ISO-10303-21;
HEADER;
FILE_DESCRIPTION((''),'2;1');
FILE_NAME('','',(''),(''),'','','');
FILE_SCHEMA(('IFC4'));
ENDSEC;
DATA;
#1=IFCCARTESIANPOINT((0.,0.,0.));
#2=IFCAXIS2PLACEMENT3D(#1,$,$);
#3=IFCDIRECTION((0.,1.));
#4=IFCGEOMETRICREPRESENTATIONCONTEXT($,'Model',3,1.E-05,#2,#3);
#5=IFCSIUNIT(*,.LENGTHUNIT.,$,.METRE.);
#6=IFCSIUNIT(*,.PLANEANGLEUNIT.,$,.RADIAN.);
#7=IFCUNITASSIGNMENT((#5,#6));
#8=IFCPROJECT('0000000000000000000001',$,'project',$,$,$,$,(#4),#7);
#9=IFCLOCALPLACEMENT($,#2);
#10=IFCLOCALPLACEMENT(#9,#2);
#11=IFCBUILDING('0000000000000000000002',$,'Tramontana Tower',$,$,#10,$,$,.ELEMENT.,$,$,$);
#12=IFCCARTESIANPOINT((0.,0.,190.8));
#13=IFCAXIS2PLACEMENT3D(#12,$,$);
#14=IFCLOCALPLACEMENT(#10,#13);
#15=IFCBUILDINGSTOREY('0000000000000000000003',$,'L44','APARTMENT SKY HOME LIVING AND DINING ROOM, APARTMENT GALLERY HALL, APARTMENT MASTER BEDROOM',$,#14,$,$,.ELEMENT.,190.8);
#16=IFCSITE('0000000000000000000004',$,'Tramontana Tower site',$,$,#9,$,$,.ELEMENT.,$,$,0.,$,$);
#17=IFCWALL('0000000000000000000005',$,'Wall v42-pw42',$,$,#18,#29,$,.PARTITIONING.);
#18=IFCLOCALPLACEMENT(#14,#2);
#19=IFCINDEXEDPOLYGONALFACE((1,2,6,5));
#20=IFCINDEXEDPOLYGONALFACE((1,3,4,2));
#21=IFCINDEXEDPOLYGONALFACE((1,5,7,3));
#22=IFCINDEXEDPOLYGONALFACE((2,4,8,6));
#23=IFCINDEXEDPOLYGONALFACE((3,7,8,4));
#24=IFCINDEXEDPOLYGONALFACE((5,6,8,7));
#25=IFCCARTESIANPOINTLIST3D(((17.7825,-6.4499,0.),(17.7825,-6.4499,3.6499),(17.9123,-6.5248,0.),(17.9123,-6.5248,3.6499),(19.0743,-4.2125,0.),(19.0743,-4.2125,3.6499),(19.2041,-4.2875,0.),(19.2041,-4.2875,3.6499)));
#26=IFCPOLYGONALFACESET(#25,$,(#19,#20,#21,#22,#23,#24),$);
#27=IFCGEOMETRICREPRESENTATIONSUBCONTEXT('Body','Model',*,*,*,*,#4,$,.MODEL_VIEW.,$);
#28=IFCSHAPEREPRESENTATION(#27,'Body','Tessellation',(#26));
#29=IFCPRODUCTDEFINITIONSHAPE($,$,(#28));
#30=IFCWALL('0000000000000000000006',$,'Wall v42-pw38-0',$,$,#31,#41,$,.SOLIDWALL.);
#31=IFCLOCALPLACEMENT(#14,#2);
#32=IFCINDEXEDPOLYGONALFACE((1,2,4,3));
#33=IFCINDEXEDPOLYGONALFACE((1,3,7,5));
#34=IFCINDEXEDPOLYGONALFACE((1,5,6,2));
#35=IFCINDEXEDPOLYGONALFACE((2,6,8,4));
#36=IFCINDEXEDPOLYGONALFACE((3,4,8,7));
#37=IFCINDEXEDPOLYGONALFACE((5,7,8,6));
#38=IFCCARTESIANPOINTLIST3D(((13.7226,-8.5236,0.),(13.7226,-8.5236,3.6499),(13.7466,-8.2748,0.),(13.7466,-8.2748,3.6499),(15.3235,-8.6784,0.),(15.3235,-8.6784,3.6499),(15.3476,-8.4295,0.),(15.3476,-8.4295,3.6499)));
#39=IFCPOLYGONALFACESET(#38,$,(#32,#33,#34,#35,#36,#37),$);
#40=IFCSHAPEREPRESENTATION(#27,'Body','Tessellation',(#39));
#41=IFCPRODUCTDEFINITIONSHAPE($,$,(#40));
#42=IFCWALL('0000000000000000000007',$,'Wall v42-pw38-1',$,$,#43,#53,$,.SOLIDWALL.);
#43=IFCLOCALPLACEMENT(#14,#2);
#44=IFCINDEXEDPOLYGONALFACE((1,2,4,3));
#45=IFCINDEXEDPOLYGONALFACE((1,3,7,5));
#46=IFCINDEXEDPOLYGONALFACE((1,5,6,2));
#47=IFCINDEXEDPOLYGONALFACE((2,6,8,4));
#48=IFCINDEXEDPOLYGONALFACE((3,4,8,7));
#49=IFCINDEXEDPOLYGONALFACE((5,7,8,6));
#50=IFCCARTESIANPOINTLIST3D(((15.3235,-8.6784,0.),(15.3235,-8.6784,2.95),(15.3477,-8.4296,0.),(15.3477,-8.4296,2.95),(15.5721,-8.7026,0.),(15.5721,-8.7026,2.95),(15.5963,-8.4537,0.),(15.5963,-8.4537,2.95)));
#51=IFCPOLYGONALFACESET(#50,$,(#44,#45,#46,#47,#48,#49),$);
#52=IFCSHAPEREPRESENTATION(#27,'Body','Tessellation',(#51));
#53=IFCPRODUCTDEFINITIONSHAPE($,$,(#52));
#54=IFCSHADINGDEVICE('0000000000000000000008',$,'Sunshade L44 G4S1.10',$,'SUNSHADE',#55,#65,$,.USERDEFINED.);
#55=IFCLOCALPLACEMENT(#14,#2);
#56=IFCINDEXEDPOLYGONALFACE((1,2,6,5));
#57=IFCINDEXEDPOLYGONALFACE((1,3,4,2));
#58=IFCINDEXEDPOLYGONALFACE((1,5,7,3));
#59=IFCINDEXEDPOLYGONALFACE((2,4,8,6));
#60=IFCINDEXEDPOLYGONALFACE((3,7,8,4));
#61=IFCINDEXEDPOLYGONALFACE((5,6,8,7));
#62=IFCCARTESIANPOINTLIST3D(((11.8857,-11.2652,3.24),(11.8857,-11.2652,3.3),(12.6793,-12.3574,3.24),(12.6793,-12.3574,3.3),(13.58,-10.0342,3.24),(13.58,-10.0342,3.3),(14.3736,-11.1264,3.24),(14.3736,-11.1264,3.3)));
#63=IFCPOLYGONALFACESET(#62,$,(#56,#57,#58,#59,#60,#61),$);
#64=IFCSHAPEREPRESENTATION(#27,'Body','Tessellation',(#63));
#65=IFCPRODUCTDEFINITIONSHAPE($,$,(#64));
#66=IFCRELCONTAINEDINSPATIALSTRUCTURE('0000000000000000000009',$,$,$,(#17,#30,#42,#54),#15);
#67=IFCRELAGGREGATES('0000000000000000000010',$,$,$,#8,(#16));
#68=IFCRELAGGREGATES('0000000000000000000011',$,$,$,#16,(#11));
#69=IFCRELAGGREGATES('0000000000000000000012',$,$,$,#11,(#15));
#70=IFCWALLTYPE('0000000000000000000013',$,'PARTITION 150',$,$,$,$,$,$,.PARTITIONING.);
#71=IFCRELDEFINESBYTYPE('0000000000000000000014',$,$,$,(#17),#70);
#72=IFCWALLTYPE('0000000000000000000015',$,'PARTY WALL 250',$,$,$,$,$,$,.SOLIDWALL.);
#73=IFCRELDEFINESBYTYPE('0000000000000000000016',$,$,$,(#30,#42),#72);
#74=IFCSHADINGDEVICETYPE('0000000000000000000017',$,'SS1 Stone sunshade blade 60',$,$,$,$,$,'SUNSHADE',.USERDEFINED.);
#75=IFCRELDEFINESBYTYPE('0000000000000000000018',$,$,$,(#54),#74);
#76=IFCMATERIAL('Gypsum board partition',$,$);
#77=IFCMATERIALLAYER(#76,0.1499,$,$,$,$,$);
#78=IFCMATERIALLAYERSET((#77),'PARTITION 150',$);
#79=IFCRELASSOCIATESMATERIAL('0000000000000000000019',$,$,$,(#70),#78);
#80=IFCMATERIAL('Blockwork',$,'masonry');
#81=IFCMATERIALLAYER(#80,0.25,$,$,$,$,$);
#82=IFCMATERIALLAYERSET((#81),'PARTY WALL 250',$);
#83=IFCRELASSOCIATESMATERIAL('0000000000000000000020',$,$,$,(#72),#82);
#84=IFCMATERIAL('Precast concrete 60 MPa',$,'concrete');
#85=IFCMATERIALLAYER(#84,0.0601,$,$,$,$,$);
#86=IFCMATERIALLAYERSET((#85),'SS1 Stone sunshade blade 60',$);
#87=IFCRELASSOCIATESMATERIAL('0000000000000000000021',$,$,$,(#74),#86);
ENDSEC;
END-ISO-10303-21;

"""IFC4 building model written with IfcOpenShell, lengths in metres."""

from ifc_helpers import new_model, si_unit, direction, frame, frame_2d, origin, origin_2d, place, context, subcontext, project, spatial, rectangle, extrude, material, layer, layer_set, type_object, element, save


model = new_model("IFC4")

# Units and contexts
model_context = context("Model", 3, precision=1e-05, world=origin(), true_north=direction((0.0, 1.0)))
body_context = subcontext(model_context, "Body", "Model", "MODEL_VIEW")
ifc_project = project(units=[si_unit("LENGTHUNIT", "METRE"), si_unit("PLANEANGLEUNIT", "RADIAN")], contexts=[model_context])

# Site, building, storey
site_placement = place(None, origin())
site = spatial("IfcSite", under=ifc_project, at=site_placement, Name="Tramontana Tower site", CompositionType="ELEMENT", RefElevation=0.0)
building_placement = place(site_placement, origin())
building = spatial("IfcBuilding", under=site, at=building_placement, Name="Tramontana Tower", CompositionType="ELEMENT")
storey_placement = place(building_placement, frame((0.0, 0.0, 190.8)))
storey = spatial("IfcBuildingStorey", under=building, at=storey_placement, Name="L44", Description="APARTMENT SKY HOME LIVING AND DINING ROOM, APARTMENT GALLERY HALL, APARTMENT MASTER BEDROOM", CompositionType="ELEMENT", Elevation=190.8)

# Shared definitions
ifc_material_1 = material(Name="Gypsum board partition")
ifc_layer_1 = layer(ifc_material_1, 0.1499)
ifc_layer_set_1 = layer_set([ifc_layer_1], Name="PARTITION 150")
wall_type_1 = type_object("IfcWallType", Name="PARTITION 150", PredefinedType="PARTITIONING", material=ifc_layer_set_1)

# Walls
wall_1_placement = place(storey_placement, frame((19.1392, -4.25, 0.0), z_axis=(0.0, 0.0, 1.0), x_axis=(-0.500011, -0.866019, 0.0)))
element("IfcWall", 1, at=wall_1_placement, inside=storey, type_object=wall_type_1, Name="Wall v42-pw42", PredefinedType="PARTITIONING", context=body_context, shape_type="SweptSolid", body=[
    extrude(rectangle(XDim=2.5835, YDim=0.1499, at=frame_2d((1.2917, 0.0))), origin(), (0.0, 0.0, 1.0), 3.6499),
])
ifc_material_2 = material(Name="Blockwork", Category="masonry")
ifc_layer_2 = layer(ifc_material_2, 0.25)
ifc_layer_set_2 = layer_set([ifc_layer_2], Name="PARTY WALL 250")
wall_type_2 = type_object("IfcWallType", Name="PARTY WALL 250", PredefinedType="SOLIDWALL", material=ifc_layer_set_2)
wall_2_placement = place(storey_placement, frame((13.7346, -8.3992, 0.0), z_axis=(0.0, 0.0, 1.0), x_axis=(0.995358, -0.096242, 0.0)))
element("IfcWall", 2, at=wall_2_placement, inside=storey, type_object=wall_type_2, Name="Wall v42-pw38-0", PredefinedType="SOLIDWALL", context=body_context, shape_type="SweptSolid", body=[
    extrude(rectangle(XDim=1.6084, YDim=0.25, at=frame_2d((0.8042, 0.0))), origin(), (0.0, 0.0, 1.0), 3.6499),
])
wall_3_placement = place(storey_placement, frame((15.3354, -8.554, 0.0), z_axis=(0.0, 0.0, 1.0), x_axis=(0.995305, -0.096793, 0.0)))
element("IfcWall", 3, at=wall_3_placement, inside=storey, type_object=wall_type_2, Name="Wall v42-pw38-1", PredefinedType="SOLIDWALL", context=body_context, shape_type="SweptSolid", body=[
    extrude(rectangle(XDim=0.2498, YDim=0.25, at=frame_2d((0.125, 0.0))), origin(), (0.0, 0.0, 1.0), 2.95),
])

# Shading device
ifc_material_3 = material(Name="Precast concrete 60 MPa", Category="concrete")
ifc_layer_3 = layer(ifc_material_3, 0.0601)
ifc_layer_set_3 = layer_set([ifc_layer_3], Name="SS1 Stone sunshade blade 60")
shading_device_type = type_object("IfcShadingDeviceType", Name="SS1 Stone sunshade blade 60", ElementType="SUNSHADE", PredefinedType="USERDEFINED", material=ifc_layer_set_3)
shading_device_placement = place(storey_placement, frame((13.1296, -11.1958, 3.24), z_axis=(0.0, 0.0, 1.0), x_axis=(0.809017, 0.587785, 0.0)))
element("IfcShadingDevice", 4, at=shading_device_placement, inside=storey, type_object=shading_device_type, Name="Sunshade L44 G4S1.10", ObjectType="SUNSHADE", PredefinedType="USERDEFINED", context=body_context, shape_type="SweptSolid", body=[
    extrude(rectangle(XDim=2.0942, YDim=1.3501, at=origin_2d()), origin(), (0.0, 0.0, 1.0), 0.0601),
])

save(model, "model.ifc")
